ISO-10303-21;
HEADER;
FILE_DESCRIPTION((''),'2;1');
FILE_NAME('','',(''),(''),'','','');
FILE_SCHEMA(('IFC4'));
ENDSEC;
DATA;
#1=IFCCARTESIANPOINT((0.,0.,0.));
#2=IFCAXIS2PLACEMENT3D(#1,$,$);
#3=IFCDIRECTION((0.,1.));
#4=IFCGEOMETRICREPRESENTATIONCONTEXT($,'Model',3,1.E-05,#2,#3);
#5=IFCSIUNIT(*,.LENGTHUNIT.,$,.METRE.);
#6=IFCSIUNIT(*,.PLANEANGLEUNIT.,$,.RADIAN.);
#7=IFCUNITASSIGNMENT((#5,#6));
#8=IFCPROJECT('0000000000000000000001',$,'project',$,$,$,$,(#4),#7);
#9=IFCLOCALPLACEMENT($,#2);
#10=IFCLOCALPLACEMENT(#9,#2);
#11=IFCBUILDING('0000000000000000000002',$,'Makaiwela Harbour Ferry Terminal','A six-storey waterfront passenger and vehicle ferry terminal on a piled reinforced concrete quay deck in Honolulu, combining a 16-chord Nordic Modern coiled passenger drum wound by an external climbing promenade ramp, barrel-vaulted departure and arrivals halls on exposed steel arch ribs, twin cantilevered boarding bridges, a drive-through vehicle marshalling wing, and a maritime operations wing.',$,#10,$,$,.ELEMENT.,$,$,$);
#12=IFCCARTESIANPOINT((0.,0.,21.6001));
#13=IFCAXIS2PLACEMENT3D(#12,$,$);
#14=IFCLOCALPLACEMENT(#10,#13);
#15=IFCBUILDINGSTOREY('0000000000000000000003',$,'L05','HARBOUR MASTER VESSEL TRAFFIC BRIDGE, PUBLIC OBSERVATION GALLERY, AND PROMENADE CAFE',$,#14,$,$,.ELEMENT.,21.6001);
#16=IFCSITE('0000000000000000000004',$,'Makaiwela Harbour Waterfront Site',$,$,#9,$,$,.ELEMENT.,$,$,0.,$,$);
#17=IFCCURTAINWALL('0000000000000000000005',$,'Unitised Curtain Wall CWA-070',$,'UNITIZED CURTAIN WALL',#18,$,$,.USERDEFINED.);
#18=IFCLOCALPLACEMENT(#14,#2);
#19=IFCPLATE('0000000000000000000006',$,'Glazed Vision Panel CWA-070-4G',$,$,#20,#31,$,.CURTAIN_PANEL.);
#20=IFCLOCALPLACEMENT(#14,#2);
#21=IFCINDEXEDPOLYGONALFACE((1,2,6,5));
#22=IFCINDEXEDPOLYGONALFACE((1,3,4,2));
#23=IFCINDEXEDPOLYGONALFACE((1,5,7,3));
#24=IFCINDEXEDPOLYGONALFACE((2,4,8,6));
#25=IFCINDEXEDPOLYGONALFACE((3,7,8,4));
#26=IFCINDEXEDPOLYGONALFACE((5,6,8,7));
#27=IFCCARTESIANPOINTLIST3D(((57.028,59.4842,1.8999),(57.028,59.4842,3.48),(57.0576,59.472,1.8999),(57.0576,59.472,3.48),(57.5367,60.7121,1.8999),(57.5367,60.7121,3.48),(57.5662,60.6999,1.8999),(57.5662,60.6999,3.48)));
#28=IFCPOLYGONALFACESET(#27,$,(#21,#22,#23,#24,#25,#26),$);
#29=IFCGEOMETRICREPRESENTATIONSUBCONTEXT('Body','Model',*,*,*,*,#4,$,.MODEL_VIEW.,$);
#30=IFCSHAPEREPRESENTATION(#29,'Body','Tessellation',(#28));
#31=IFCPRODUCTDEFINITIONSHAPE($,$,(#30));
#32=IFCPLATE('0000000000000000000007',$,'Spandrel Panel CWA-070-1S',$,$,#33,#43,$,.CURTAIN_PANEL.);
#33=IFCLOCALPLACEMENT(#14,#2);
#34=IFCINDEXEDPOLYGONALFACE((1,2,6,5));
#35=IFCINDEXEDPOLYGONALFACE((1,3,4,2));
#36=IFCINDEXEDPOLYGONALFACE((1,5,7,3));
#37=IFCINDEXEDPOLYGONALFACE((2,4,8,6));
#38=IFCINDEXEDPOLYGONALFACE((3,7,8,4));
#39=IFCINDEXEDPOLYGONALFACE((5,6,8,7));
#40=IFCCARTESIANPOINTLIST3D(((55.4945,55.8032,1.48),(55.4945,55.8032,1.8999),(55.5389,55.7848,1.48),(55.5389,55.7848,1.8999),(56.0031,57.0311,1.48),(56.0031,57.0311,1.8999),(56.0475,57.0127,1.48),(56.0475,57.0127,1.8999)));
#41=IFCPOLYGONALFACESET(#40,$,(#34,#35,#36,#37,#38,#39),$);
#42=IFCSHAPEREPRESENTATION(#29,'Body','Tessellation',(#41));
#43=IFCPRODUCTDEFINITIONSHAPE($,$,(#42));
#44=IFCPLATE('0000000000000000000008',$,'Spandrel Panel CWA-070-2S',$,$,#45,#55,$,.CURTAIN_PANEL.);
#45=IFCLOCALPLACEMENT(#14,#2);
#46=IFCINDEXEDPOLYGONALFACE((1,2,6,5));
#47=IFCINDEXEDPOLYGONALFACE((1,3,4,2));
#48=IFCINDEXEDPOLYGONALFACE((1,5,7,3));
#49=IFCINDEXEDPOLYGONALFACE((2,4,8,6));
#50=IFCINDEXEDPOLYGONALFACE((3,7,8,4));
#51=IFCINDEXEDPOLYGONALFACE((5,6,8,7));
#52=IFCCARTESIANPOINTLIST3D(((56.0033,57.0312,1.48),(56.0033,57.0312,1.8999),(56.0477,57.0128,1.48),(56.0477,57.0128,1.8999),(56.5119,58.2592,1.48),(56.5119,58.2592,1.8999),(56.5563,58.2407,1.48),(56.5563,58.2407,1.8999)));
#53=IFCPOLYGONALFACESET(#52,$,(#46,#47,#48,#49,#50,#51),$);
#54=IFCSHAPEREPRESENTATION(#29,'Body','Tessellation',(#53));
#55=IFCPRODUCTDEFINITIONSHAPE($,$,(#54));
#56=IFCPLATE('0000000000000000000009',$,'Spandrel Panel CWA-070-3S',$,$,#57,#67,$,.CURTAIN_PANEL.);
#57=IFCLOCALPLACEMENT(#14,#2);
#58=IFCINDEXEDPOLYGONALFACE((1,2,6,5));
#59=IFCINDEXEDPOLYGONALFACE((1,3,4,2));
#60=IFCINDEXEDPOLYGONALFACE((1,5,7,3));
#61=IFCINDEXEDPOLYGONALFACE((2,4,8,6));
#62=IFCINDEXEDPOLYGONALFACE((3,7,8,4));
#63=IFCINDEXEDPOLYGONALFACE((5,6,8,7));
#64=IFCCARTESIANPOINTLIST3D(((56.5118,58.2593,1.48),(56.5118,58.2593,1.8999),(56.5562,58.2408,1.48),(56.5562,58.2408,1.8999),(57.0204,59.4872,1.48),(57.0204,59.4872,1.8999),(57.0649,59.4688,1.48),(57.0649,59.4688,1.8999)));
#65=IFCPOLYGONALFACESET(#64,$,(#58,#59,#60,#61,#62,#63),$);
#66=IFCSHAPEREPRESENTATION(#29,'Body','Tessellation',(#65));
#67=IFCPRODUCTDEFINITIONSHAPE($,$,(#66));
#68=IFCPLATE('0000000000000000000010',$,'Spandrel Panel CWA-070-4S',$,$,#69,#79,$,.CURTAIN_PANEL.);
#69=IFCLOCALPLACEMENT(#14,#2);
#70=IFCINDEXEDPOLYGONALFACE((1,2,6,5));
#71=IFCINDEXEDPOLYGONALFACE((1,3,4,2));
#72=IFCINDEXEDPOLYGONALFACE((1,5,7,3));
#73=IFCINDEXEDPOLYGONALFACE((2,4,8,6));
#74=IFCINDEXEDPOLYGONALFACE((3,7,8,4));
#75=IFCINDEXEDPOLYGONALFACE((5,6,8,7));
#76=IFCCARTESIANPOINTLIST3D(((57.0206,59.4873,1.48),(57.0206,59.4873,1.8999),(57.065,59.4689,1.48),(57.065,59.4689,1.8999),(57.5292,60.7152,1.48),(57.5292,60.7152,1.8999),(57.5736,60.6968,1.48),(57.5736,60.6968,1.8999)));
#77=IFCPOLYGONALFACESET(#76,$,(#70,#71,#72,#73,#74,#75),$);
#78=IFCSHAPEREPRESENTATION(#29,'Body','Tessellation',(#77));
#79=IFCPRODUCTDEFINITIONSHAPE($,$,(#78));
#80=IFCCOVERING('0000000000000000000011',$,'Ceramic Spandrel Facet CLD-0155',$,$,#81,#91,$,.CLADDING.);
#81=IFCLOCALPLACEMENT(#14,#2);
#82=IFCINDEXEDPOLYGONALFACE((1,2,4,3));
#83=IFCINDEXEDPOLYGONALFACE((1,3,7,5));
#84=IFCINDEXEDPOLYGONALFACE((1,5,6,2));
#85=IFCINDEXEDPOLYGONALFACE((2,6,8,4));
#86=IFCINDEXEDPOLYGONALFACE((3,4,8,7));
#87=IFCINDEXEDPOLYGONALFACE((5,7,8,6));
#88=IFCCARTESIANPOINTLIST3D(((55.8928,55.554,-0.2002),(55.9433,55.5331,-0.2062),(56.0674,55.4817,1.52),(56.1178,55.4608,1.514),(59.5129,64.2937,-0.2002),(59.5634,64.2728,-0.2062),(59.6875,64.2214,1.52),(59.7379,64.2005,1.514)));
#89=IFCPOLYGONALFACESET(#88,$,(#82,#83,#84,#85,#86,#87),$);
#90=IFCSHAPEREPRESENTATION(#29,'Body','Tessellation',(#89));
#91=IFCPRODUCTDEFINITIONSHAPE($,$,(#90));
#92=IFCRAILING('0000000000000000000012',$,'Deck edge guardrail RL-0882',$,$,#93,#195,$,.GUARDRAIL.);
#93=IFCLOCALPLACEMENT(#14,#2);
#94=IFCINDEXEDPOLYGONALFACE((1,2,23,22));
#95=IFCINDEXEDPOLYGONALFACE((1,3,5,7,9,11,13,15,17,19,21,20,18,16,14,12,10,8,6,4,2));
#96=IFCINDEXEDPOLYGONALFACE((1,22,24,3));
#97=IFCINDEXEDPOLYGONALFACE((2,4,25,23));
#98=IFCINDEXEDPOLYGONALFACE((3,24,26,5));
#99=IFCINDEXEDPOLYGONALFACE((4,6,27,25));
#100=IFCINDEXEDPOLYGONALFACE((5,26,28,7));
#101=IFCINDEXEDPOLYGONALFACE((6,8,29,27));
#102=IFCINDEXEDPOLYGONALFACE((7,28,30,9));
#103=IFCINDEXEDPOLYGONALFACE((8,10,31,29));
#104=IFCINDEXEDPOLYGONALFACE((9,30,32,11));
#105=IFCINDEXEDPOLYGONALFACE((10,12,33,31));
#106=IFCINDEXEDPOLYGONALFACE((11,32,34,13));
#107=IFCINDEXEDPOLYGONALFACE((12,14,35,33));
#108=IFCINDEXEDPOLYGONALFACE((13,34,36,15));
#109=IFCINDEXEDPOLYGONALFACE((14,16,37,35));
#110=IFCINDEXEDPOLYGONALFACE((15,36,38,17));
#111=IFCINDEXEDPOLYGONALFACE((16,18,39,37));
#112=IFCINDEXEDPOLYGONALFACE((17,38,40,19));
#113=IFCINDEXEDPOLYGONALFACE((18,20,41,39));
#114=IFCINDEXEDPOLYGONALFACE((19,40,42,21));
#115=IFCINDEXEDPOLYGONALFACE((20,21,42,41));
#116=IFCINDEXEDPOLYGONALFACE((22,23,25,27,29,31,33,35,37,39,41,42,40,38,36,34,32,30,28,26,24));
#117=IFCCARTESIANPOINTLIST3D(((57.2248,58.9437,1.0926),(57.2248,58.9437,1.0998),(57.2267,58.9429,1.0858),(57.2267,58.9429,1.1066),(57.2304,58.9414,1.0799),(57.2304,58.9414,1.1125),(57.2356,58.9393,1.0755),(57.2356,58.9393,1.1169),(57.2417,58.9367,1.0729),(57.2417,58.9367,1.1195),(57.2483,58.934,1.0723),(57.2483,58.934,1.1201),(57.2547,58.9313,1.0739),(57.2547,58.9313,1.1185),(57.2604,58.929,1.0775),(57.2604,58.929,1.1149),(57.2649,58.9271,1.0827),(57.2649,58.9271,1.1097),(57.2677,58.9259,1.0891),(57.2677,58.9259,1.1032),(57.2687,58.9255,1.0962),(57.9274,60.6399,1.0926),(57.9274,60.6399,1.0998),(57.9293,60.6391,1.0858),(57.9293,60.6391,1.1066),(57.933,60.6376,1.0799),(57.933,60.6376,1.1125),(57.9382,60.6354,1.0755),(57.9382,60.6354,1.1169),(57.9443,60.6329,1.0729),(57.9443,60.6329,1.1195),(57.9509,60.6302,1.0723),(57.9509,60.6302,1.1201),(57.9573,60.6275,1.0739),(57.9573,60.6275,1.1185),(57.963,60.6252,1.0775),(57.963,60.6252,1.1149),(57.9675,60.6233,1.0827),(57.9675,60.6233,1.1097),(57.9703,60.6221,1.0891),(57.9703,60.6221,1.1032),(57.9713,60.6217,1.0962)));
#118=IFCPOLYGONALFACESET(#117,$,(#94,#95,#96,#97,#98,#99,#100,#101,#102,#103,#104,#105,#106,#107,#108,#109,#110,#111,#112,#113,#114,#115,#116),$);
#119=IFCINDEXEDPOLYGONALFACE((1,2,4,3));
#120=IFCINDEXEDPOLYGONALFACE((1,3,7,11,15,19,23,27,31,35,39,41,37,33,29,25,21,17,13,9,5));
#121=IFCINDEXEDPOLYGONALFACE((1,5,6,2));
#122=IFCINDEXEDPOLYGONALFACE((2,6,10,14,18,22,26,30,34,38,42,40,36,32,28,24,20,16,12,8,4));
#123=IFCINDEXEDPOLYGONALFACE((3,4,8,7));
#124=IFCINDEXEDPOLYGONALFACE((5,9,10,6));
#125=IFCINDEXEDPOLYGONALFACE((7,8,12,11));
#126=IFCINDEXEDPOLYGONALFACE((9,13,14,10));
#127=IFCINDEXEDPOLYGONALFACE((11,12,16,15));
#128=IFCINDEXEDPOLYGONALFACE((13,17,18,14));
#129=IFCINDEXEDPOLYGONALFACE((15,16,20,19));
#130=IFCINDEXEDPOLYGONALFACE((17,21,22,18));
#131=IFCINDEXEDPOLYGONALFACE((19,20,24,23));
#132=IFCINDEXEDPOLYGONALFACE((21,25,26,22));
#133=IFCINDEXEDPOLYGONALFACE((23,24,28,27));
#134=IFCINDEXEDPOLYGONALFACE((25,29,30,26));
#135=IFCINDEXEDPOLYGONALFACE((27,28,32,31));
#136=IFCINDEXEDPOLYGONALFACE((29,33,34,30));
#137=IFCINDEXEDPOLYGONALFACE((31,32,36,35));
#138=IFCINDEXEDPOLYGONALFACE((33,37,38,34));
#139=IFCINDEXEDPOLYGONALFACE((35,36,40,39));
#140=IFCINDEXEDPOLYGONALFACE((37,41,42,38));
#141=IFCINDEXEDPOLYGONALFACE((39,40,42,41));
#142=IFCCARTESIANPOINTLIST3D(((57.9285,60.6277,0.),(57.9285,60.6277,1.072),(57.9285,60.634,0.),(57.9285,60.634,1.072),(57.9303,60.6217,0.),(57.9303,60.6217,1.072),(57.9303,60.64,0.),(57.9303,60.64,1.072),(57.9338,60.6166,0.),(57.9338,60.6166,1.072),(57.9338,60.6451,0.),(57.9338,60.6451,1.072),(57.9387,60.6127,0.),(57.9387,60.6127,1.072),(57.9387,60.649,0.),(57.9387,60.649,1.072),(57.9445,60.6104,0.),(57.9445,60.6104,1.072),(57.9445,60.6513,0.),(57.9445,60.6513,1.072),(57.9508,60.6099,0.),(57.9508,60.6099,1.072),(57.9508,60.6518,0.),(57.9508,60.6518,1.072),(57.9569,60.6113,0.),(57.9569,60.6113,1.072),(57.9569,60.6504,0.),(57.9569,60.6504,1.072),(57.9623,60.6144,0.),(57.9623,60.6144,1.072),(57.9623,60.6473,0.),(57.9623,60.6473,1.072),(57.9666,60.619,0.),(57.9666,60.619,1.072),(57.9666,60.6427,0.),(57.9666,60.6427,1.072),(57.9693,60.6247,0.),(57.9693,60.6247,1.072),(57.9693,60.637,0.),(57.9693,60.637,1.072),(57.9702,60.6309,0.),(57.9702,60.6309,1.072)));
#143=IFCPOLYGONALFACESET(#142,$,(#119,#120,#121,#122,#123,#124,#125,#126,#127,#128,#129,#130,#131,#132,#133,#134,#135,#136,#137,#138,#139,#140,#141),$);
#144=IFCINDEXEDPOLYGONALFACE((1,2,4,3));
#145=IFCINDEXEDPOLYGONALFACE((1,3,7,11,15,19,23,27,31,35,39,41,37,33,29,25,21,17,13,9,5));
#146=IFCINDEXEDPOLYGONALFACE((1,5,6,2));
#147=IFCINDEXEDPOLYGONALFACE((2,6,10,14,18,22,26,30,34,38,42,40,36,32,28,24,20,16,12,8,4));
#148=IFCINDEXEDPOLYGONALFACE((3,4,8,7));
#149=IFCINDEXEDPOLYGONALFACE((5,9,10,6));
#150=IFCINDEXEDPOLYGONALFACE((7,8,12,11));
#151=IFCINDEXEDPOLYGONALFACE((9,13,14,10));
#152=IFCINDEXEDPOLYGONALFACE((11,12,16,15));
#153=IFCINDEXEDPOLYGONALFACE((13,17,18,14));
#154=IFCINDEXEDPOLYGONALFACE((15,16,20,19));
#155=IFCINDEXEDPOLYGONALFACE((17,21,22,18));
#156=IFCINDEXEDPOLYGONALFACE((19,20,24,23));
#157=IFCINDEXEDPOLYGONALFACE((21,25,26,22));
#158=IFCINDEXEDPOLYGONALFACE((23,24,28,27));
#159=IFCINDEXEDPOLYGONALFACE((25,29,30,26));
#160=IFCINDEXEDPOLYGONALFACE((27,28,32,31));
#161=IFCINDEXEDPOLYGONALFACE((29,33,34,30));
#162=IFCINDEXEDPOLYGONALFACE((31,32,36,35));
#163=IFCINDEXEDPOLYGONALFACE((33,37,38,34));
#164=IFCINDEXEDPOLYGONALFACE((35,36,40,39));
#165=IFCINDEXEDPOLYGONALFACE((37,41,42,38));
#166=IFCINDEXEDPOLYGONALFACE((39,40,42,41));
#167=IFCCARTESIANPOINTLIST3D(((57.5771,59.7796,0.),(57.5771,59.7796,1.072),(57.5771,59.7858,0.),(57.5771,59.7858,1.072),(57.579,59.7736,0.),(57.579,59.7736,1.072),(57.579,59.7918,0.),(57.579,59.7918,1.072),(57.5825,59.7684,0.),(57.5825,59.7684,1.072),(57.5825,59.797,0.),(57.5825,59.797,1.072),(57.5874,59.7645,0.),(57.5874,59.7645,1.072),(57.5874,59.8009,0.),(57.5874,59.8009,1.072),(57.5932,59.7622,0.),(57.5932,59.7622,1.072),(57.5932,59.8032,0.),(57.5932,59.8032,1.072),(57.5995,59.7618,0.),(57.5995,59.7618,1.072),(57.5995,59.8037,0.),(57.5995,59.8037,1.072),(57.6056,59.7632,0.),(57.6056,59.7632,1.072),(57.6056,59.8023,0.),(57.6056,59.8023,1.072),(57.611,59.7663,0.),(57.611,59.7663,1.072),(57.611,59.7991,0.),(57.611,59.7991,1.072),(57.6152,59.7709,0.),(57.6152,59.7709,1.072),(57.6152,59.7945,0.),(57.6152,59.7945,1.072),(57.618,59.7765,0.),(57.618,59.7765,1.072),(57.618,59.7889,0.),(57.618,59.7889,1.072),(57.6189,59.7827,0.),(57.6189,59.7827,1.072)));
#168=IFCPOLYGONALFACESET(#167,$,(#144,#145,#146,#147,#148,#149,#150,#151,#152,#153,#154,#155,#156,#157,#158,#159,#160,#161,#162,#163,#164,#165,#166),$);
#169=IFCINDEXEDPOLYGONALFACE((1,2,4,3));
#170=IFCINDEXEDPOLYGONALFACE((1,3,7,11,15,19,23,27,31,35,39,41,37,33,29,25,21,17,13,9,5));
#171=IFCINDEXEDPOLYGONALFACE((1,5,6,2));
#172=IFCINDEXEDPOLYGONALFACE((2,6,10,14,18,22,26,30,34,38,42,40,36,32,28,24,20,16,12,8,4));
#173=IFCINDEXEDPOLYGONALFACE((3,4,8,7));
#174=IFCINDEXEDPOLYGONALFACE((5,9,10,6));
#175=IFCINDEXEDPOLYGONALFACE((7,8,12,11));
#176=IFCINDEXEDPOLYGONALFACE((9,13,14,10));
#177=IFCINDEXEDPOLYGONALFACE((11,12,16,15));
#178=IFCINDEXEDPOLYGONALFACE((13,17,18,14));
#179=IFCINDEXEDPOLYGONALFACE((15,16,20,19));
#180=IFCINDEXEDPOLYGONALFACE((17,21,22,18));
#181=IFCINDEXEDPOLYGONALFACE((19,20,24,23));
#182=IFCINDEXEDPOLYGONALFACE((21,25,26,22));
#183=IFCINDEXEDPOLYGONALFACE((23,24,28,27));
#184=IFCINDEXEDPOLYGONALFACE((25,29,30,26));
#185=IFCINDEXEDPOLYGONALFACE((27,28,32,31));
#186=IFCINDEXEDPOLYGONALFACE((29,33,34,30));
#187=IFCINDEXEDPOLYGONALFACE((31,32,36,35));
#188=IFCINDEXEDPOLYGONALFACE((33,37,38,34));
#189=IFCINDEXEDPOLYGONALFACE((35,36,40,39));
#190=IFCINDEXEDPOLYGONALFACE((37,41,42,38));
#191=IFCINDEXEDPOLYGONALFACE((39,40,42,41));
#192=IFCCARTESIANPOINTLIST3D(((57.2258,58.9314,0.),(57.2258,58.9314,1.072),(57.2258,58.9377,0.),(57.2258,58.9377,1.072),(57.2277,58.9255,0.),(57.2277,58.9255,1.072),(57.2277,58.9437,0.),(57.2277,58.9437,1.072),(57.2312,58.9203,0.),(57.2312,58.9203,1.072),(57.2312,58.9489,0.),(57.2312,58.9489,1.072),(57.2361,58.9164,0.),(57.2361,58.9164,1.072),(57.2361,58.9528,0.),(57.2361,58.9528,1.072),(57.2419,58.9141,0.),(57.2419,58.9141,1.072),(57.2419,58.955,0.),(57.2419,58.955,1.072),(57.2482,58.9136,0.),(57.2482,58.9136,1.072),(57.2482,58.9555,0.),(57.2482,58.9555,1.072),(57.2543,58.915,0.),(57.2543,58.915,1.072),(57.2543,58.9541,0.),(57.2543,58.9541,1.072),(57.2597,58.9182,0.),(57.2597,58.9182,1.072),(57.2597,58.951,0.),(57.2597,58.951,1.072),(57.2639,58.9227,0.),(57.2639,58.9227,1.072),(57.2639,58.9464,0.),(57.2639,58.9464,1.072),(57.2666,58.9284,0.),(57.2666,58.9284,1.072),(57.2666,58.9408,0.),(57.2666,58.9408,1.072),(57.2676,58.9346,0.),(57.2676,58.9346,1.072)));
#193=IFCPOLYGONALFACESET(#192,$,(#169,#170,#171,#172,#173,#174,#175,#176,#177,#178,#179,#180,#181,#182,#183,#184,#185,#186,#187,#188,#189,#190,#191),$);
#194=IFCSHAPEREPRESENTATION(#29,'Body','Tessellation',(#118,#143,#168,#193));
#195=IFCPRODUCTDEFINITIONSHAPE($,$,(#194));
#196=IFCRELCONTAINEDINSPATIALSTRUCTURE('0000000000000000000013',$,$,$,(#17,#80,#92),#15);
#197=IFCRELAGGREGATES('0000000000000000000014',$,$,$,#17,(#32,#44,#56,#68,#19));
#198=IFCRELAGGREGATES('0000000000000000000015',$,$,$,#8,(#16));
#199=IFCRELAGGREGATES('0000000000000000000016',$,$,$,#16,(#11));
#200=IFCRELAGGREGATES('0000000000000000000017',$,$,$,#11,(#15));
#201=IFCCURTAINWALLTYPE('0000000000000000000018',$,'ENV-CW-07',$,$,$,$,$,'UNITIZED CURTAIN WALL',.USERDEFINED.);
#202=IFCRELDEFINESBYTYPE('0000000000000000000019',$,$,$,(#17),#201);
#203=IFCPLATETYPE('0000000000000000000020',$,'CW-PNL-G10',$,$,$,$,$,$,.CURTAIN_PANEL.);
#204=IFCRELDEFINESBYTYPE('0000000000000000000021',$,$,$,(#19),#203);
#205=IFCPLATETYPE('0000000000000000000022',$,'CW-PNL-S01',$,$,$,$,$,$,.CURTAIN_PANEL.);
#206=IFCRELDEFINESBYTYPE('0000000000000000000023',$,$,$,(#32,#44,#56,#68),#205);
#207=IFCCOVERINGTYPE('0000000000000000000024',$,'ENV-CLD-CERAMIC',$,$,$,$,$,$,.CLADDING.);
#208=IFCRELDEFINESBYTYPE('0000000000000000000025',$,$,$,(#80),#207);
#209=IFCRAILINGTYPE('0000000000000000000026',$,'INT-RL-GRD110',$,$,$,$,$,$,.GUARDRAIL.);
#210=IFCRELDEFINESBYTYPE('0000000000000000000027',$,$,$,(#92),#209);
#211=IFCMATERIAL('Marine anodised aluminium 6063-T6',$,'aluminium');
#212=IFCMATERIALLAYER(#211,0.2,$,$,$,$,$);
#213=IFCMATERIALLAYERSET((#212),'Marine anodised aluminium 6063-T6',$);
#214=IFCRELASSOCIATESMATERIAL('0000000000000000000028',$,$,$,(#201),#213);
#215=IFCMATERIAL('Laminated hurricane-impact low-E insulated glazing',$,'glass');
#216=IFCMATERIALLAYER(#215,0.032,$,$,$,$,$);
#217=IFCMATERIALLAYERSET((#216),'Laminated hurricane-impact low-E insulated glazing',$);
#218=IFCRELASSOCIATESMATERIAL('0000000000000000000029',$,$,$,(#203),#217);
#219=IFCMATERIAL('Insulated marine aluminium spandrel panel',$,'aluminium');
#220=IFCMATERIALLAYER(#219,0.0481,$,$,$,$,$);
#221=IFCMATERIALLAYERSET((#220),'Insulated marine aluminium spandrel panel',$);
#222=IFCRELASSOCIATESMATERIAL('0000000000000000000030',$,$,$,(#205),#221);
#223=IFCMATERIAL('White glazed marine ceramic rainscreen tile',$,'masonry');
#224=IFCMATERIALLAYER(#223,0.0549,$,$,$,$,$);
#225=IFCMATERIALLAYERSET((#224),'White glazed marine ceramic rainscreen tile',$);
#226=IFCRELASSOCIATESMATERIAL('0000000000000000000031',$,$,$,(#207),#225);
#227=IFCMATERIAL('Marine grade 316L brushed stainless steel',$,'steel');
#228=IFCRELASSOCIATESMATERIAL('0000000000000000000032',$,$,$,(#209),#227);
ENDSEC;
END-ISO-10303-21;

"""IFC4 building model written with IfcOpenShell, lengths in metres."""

from ifc_helpers import new_model, si_unit, direction, frame, origin, origin_2d, place, context, subcontext, project, spatial, polyline, rectangle, circle, outline, extrude, material, layer, layer_set, type_object, element, aggregate, save


model = new_model("IFC4")

# Units and contexts
model_context = context("Model", 3, precision=1e-05, world=origin(), true_north=direction((0.0, 1.0)))
body_context = subcontext(model_context, "Body", "Model", "MODEL_VIEW")
ifc_project = project(units=[si_unit("LENGTHUNIT", "METRE"), si_unit("PLANEANGLEUNIT", "RADIAN")], contexts=[model_context])

# Site, building, storey
site_placement = place(None, origin())
site = spatial("IfcSite", under=ifc_project, at=site_placement, Name="Makaiwela Harbour Waterfront Site", CompositionType="ELEMENT", RefElevation=0.0)
building_placement = place(site_placement, origin())
building = spatial("IfcBuilding", under=site, at=building_placement, Name="Makaiwela Harbour Ferry Terminal", Description="A six-storey waterfront passenger and vehicle ferry terminal on a piled reinforced concrete quay deck in Honolulu, combining a 16-chord Nordic Modern coiled passenger drum wound by an external climbing promenade ramp, barrel-vaulted departure and arrivals halls on exposed steel arch ribs, twin cantilevered boarding bridges, a drive-through vehicle marshalling wing, and a maritime operations wing.", CompositionType="ELEMENT")
storey_placement = place(building_placement, frame((0.0, 0.0, 21.6001)))
storey = spatial("IfcBuildingStorey", under=building, at=storey_placement, Name="L05", Description="HARBOUR MASTER VESSEL TRAFFIC BRIDGE, PUBLIC OBSERVATION GALLERY, AND PROMENADE CAFE", CompositionType="ELEMENT", Elevation=21.6001)

# Curtain wall
ifc_material_1 = material(Name="Marine anodised aluminium 6063-T6", Category="aluminium")
ifc_layer_1 = layer(ifc_material_1, 0.2)
ifc_layer_set_1 = layer_set([ifc_layer_1], Name="Marine anodised aluminium 6063-T6")
curtain_wall_type = type_object("IfcCurtainWallType", Name="ENV-CW-07", ElementType="UNITIZED CURTAIN WALL", PredefinedType="USERDEFINED", material=ifc_layer_set_1)
curtain_wall_placement = place(storey_placement, origin())
curtain_wall = element("IfcCurtainWall", 1, at=curtain_wall_placement, inside=storey, type_object=curtain_wall_type, Name="Unitised Curtain Wall CWA-070", ObjectType="UNITIZED CURTAIN WALL", PredefinedType="USERDEFINED")

# Plates
ifc_material_2 = material(Name="Laminated hurricane-impact low-E insulated glazing", Category="glass")
ifc_layer_2 = layer(ifc_material_2, 0.032)
ifc_layer_set_2 = layer_set([ifc_layer_2], Name="Laminated hurricane-impact low-E insulated glazing")
plate_type_1 = type_object("IfcPlateType", Name="CW-PNL-G10", PredefinedType="CURTAIN_PANEL", material=ifc_layer_set_2)
plate_1_placement = place(storey_placement, frame((57.2971, 60.092, 1.8999), z_axis=(0.0, 0.0, 1.0), x_axis=(0.382683, 0.92388, 0.0)))
plate_1 = element("IfcPlate", 2, at=plate_1_placement, type_object=plate_type_1, Name="Glazed Vision Panel CWA-070-4G", PredefinedType="CURTAIN_PANEL", context=body_context, shape_type="SweptSolid", body=[
    extrude(rectangle(XDim=1.3291, YDim=0.032, at=origin_2d()), origin(), (0.0, 0.0, 1.0), 1.5801),
])
ifc_material_3 = material(Name="Insulated marine aluminium spandrel panel", Category="aluminium")
ifc_layer_3 = layer(ifc_material_3, 0.0481)
ifc_layer_set_3 = layer_set([ifc_layer_3], Name="Insulated marine aluminium spandrel panel")
plate_type_2 = type_object("IfcPlateType", Name="CW-PNL-S01", PredefinedType="CURTAIN_PANEL", material=ifc_layer_set_3)
plate_2_placement = place(storey_placement, frame((55.771, 56.408, 1.48), z_axis=(0.0, 0.0, 1.0), x_axis=(0.382683, 0.92388, 0.0)))
plate_2 = element("IfcPlate", 3, at=plate_2_placement, type_object=plate_type_2, Name="Spandrel Panel CWA-070-1S", PredefinedType="CURTAIN_PANEL", context=body_context, shape_type="SweptSolid", body=[
    extrude(rectangle(XDim=1.3291, YDim=0.0481, at=origin_2d()), origin(), (0.0, 0.0, 1.0), 0.4199),
])
plate_3_placement = place(storey_placement, frame((56.2798, 57.636, 1.48), z_axis=(0.0, 0.0, 1.0), x_axis=(0.382683, 0.92388, 0.0)))
plate_3 = element("IfcPlate", 4, at=plate_3_placement, type_object=plate_type_2, Name="Spandrel Panel CWA-070-2S", PredefinedType="CURTAIN_PANEL", context=body_context, shape_type="SweptSolid", body=[
    extrude(rectangle(XDim=1.3291, YDim=0.0481, at=origin_2d()), origin(), (0.0, 0.0, 1.0), 0.4199),
])
plate_4_placement = place(storey_placement, frame((56.7883, 58.864, 1.48), z_axis=(0.0, 0.0, 1.0), x_axis=(0.382683, 0.92388, 0.0)))
plate_4 = element("IfcPlate", 5, at=plate_4_placement, type_object=plate_type_2, Name="Spandrel Panel CWA-070-3S", PredefinedType="CURTAIN_PANEL", context=body_context, shape_type="SweptSolid", body=[
    extrude(rectangle(XDim=1.3291, YDim=0.0481, at=origin_2d()), origin(), (0.0, 0.0, 1.0), 0.4199),
])
plate_5_placement = place(storey_placement, frame((57.2971, 60.092, 1.48), z_axis=(0.0, 0.0, 1.0), x_axis=(0.382683, 0.92388, 0.0)))
plate_5 = element("IfcPlate", 6, at=plate_5_placement, type_object=plate_type_2, Name="Spandrel Panel CWA-070-4S", PredefinedType="CURTAIN_PANEL", context=body_context, shape_type="SweptSolid", body=[
    extrude(rectangle(XDim=1.3291, YDim=0.0481, at=origin_2d()), origin(), (0.0, 0.0, 1.0), 0.4199),
])
aggregate(curtain_wall, [plate_2, plate_3, plate_4, plate_5, plate_1])

# Covering
ifc_material_4 = material(Name="White glazed marine ceramic rainscreen tile", Category="masonry")
ifc_layer_4 = layer(ifc_material_4, 0.0549)
ifc_layer_set_4 = layer_set([ifc_layer_4], Name="White glazed marine ceramic rainscreen tile")
covering_type = type_object("IfcCoveringType", Name="ENV-CLD-CERAMIC", PredefinedType="CLADDING", material=ifc_layer_set_4)
covering_placement = place(storey_placement, frame((55.8928, 55.554, -0.2002), z_axis=(-0.918358, 0.380396, 0.109172), x_axis=(0.382683, 0.92388, 0.0)))
element("IfcCovering", 7, at=covering_placement, inside=storey, type_object=covering_type, Name="Ceramic Spandrel Facet CLD-0155", PredefinedType="CLADDING", context=body_context, shape_type="SweptSolid", body=[
    extrude(outline(polyline([(0.0, 0.0), (9.4598, 0.0), (9.4599, -1.7306), (0.0, -1.7306), (0.0, 0.0)])), origin(), (0.0, 0.0, -1.0), 0.0549),
])

# Railing
ifc_material_5 = material(Name="Marine grade 316L brushed stainless steel", Category="steel")
railing_type = type_object("IfcRailingType", Name="INT-RL-GRD110", PredefinedType="GUARDRAIL", material=ifc_material_5)
for number, where, name in (
    (8, (57.9492, 60.6309, 0.0), "Deck edge guardrail RL-0882"),
):
    element("IfcRailing", number, at=place(storey_placement, frame(where)), inside=storey, type_object=railing_type, Name=name, PredefinedType="GUARDRAIL", context=body_context, shape_type="SweptSolid", body=[
        extrude(circle(Radius=0.0239, at=origin_2d()), frame((0.0, 0.0, 1.0962), z_axis=(-0.382688, -0.923877, 0.0), x_axis=(0.923877, -0.382688, 0.0)), (0.0, 0.0, 1.0), 1.8359),
        extrude(circle(Radius=0.021, at=origin_2d()), origin(), (0.0, 0.0, 1.0), 1.072),
        extrude(circle(Radius=0.021, at=origin_2d()), frame((-0.3513, -0.8481, 0.0)), (0.0, 0.0, 1.0), 1.072),
        extrude(circle(Radius=0.021, at=origin_2d()), frame((-0.7026, -1.6963, 0.0)), (0.0, 0.0, 1.0), 1.072),
    ])

save(model, "model.ifc")
